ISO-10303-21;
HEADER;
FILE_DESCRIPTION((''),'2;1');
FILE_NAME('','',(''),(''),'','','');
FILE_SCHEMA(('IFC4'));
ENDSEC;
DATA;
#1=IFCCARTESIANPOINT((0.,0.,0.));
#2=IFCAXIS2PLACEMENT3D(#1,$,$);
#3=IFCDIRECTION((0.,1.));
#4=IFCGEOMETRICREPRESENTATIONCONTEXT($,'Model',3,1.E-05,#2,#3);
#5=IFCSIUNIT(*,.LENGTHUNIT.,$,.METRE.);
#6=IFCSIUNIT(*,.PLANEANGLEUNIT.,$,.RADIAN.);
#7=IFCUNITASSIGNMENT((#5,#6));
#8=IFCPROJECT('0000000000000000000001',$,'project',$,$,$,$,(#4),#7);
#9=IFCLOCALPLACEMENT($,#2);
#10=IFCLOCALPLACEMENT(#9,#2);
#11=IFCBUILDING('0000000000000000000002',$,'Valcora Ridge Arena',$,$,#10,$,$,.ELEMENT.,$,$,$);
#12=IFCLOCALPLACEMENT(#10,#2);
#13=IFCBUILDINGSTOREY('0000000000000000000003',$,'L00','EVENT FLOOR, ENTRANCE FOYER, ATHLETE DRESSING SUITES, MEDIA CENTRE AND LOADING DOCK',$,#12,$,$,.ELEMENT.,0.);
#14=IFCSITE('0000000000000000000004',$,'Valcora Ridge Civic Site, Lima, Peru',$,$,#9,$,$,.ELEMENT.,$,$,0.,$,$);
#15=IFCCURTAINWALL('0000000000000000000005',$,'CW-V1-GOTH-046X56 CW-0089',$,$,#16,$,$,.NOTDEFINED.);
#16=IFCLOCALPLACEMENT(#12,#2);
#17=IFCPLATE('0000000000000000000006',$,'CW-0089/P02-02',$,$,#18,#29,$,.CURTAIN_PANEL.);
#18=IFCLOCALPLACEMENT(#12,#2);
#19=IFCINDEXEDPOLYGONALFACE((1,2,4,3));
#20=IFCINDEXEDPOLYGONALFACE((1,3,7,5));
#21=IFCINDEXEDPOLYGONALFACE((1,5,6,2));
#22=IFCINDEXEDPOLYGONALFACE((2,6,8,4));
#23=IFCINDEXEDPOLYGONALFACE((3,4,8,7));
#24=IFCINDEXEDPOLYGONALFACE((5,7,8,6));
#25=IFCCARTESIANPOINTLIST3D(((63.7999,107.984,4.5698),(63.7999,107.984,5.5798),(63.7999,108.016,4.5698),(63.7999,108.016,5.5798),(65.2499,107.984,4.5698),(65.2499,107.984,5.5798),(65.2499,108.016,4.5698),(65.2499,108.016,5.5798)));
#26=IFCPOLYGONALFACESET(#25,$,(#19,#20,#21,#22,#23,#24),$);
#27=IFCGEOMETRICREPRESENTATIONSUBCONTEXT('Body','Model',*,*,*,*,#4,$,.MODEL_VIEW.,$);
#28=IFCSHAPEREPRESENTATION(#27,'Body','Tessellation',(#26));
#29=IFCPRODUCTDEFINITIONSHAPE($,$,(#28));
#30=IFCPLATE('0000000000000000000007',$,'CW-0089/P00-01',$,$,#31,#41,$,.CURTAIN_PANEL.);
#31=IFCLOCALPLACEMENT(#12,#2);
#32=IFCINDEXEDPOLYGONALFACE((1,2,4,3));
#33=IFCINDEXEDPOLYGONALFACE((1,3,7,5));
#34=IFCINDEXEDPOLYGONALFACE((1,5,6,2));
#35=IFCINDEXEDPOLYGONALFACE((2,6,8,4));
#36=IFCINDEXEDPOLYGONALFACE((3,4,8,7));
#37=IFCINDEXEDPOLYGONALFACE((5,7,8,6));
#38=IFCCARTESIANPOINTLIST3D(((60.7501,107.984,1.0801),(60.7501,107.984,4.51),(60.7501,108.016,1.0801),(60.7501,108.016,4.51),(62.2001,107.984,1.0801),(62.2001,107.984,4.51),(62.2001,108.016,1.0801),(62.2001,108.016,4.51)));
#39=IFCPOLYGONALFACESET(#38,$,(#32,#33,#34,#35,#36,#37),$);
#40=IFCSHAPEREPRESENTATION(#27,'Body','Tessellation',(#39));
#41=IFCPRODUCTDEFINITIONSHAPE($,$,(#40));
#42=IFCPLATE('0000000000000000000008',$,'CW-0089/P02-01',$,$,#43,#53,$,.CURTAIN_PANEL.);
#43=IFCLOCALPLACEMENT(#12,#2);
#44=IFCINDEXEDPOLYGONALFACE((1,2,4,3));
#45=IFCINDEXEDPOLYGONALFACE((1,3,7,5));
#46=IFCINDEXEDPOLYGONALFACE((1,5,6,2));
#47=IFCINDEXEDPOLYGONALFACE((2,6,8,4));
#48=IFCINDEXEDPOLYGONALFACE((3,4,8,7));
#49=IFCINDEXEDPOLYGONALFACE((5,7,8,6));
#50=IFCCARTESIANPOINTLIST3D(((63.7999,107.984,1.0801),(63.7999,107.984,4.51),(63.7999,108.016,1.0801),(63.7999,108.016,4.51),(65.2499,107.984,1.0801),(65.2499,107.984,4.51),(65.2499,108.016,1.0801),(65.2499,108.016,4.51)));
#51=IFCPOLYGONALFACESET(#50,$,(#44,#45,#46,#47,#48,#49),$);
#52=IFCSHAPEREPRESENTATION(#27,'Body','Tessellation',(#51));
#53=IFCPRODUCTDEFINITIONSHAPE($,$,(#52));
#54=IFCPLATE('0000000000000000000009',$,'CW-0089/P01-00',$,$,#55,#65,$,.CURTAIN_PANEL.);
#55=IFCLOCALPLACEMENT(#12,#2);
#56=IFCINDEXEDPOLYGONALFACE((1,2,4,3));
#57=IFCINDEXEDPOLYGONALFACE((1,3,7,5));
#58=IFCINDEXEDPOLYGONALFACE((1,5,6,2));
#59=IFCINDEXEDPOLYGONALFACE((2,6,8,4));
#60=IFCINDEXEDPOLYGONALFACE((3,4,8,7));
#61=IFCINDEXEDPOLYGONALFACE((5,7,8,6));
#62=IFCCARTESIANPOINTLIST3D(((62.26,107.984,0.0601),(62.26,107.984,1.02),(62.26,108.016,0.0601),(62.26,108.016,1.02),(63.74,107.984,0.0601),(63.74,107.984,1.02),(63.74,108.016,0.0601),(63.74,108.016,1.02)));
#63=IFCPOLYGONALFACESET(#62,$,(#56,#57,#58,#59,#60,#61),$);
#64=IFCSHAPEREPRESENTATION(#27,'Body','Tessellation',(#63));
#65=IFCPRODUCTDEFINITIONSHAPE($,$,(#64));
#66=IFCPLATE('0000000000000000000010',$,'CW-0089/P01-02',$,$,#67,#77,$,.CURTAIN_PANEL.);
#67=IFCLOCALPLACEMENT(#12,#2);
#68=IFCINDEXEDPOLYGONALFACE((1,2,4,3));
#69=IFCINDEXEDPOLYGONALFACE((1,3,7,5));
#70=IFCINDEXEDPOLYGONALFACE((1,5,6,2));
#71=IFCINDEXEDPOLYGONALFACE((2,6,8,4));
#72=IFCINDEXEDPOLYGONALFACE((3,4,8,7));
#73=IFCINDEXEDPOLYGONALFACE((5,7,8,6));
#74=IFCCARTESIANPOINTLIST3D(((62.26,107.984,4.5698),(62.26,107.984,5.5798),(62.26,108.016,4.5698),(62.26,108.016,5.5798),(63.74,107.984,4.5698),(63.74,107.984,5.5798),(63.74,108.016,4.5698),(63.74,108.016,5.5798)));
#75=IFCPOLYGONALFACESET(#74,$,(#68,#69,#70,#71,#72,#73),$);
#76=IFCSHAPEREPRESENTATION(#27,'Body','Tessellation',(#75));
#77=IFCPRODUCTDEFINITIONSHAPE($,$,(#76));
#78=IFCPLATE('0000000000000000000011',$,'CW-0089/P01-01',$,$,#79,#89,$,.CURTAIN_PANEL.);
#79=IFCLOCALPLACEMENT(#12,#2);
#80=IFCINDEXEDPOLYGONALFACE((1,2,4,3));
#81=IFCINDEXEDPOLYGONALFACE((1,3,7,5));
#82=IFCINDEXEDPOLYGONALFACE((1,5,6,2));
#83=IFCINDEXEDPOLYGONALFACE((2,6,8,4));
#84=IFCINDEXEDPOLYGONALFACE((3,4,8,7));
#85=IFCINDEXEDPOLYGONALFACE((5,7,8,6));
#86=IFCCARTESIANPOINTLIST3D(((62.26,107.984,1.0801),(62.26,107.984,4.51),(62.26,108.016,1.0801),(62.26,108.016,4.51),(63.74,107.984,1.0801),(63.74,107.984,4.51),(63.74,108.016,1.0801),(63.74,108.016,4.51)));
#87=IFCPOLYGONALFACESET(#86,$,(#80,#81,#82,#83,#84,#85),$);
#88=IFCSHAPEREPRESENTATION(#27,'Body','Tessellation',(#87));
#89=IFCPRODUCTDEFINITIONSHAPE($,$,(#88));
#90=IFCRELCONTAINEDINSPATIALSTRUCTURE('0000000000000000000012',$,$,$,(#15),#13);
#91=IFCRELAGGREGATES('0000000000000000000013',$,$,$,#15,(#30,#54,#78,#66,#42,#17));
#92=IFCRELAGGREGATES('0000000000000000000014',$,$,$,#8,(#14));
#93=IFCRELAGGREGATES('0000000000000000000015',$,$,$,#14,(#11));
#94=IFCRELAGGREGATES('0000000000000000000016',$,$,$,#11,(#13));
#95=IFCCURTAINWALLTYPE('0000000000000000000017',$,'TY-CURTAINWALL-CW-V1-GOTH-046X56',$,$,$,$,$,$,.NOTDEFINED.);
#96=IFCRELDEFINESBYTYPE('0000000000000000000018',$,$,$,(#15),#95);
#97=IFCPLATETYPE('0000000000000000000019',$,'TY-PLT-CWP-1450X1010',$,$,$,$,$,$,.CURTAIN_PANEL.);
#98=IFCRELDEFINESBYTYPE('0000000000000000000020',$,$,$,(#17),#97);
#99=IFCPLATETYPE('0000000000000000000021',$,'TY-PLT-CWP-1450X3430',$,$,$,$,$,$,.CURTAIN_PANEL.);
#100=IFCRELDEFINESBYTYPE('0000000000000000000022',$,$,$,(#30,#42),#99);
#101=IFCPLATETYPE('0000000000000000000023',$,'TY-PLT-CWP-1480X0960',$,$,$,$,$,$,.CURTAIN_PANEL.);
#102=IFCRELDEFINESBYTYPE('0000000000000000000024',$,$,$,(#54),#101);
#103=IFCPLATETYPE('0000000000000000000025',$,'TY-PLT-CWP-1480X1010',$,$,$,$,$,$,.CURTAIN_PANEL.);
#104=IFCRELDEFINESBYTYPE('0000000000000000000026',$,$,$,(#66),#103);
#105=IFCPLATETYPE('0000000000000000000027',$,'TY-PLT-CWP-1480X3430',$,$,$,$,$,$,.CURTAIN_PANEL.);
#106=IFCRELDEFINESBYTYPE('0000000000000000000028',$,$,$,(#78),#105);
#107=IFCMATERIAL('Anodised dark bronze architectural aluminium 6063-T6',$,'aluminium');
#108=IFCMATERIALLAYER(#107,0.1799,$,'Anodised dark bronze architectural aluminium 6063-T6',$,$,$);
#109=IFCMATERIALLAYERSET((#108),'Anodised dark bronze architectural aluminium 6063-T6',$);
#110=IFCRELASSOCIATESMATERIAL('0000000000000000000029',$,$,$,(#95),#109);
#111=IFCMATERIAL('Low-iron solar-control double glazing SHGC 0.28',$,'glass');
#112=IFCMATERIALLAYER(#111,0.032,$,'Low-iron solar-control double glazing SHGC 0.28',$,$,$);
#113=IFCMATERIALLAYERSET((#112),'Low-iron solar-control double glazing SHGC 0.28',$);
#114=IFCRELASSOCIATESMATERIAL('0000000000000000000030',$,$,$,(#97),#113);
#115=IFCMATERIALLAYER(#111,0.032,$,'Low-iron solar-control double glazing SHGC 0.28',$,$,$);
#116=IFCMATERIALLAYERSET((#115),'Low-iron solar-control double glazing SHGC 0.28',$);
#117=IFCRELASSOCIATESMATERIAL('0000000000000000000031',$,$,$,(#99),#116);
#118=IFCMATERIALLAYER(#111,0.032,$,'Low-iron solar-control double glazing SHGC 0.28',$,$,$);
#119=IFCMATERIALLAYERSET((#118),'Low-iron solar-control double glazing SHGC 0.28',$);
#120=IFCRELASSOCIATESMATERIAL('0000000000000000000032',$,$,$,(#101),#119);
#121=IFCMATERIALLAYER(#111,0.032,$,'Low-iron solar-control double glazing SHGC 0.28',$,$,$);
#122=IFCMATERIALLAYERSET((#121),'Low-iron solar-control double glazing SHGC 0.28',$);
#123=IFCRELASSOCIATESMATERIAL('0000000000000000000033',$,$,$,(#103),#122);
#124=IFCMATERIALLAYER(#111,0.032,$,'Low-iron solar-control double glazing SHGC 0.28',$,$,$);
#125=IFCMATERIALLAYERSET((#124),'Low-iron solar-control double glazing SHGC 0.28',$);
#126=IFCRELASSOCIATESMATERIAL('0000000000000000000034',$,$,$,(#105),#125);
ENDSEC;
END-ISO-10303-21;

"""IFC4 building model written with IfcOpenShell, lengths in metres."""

from ifc_helpers import new_model, si_unit, direction, frame, origin, origin_2d, place, context, subcontext, project, spatial, rectangle, extrude, material, layer, layer_set, type_object, element, aggregate, save


model = new_model("IFC4")

# Units and contexts
model_context = context("Model", 3, precision=1e-05, world=origin(), true_north=direction((0.0, 1.0)))
body_context = subcontext(model_context, "Body", "Model", "MODEL_VIEW")
ifc_project = project(units=[si_unit("LENGTHUNIT", "METRE"), si_unit("PLANEANGLEUNIT", "RADIAN")], contexts=[model_context])

# Site, building, storey
site_placement = place(None, origin())
site = spatial("IfcSite", under=ifc_project, at=site_placement, Name="Valcora Ridge Civic Site, Lima, Peru", CompositionType="ELEMENT", RefElevation=0.0)
building_placement = place(site_placement, origin())
building = spatial("IfcBuilding", under=site, at=building_placement, Name="Valcora Ridge Arena", CompositionType="ELEMENT")
storey_placement = place(building_placement, origin())
storey = spatial("IfcBuildingStorey", under=building, at=storey_placement, Name="L00", Description="EVENT FLOOR, ENTRANCE FOYER, ATHLETE DRESSING SUITES, MEDIA CENTRE AND LOADING DOCK", CompositionType="ELEMENT", Elevation=0.0)

# Curtain wall, plates
ifc_material_1 = material(Name="Anodised dark bronze architectural aluminium 6063-T6", Category="aluminium")
ifc_layer_1 = layer(ifc_material_1, 0.1799, Name="Anodised dark bronze architectural aluminium 6063-T6")
ifc_layer_set_1 = layer_set([ifc_layer_1], Name="Anodised dark bronze architectural aluminium 6063-T6")
curtain_wall_type = type_object("IfcCurtainWallType", Name="TY-CURTAINWALL-CW-V1-GOTH-046X56", PredefinedType="NOTDEFINED", material=ifc_layer_set_1)
curtain_wall_placement = place(storey_placement, origin())
curtain_wall = element("IfcCurtainWall", 1, at=curtain_wall_placement, inside=storey, type_object=curtain_wall_type, Name="CW-V1-GOTH-046X56 CW-0089", PredefinedType="NOTDEFINED")
ifc_material_2 = material(Name="Low-iron solar-control double glazing SHGC 0.28", Category="glass")
ifc_layer_2 = layer(ifc_material_2, 0.032, Name="Low-iron solar-control double glazing SHGC 0.28")
ifc_layer_set_2 = layer_set([ifc_layer_2], Name="Low-iron solar-control double glazing SHGC 0.28")
plate_type_1 = type_object("IfcPlateType", Name="TY-PLT-CWP-1450X1010", PredefinedType="CURTAIN_PANEL", material=ifc_layer_set_2)
plate_1_placement = place(storey_placement, frame((64.5249, 108.0, 4.5698), z_axis=(0.0, 0.0, 1.0), x_axis=(1.0, 0.0, 0.0)))
plate_1 = element("IfcPlate", 2, at=plate_1_placement, type_object=plate_type_1, Name="CW-0089/P02-02", PredefinedType="CURTAIN_PANEL", context=body_context, shape_type="SweptSolid", body=[
    extrude(rectangle(XDim=1.45, YDim=0.032, at=origin_2d()), origin(), (0.0, 0.0, 1.0), 1.01),
])
ifc_layer_3 = layer(ifc_material_2, 0.032, Name="Low-iron solar-control double glazing SHGC 0.28")
ifc_layer_set_3 = layer_set([ifc_layer_3], Name="Low-iron solar-control double glazing SHGC 0.28")
plate_type_2 = type_object("IfcPlateType", Name="TY-PLT-CWP-1450X3430", PredefinedType="CURTAIN_PANEL", material=ifc_layer_set_3)
plate_2_placement = place(storey_placement, frame((61.4751, 108.0, 1.0801), z_axis=(0.0, 0.0, 1.0), x_axis=(1.0, 0.0, 0.0)))
plate_2 = element("IfcPlate", 3, at=plate_2_placement, type_object=plate_type_2, Name="CW-0089/P00-01", PredefinedType="CURTAIN_PANEL", context=body_context, shape_type="SweptSolid", body=[
    extrude(rectangle(XDim=1.45, YDim=0.032, at=origin_2d()), origin(), (0.0, 0.0, 1.0), 3.4299),
])
plate_3_placement = place(storey_placement, frame((64.5249, 108.0, 1.0801), z_axis=(0.0, 0.0, 1.0), x_axis=(1.0, 0.0, 0.0)))
plate_3 = element("IfcPlate", 4, at=plate_3_placement, type_object=plate_type_2, Name="CW-0089/P02-01", PredefinedType="CURTAIN_PANEL", context=body_context, shape_type="SweptSolid", body=[
    extrude(rectangle(XDim=1.45, YDim=0.032, at=origin_2d()), origin(), (0.0, 0.0, 1.0), 3.4299),
])
ifc_layer_4 = layer(ifc_material_2, 0.032, Name="Low-iron solar-control double glazing SHGC 0.28")
ifc_layer_set_4 = layer_set([ifc_layer_4], Name="Low-iron solar-control double glazing SHGC 0.28")
plate_type_3 = type_object("IfcPlateType", Name="TY-PLT-CWP-1480X0960", PredefinedType="CURTAIN_PANEL", material=ifc_layer_set_4)
plate_4_placement = place(storey_placement, frame((63.0, 108.0, 0.0601), z_axis=(0.0, 0.0, 1.0), x_axis=(1.0, 0.0, 0.0)))
plate_4 = element("IfcPlate", 5, at=plate_4_placement, type_object=plate_type_3, Name="CW-0089/P01-00", PredefinedType="CURTAIN_PANEL", context=body_context, shape_type="SweptSolid", body=[
    extrude(rectangle(XDim=1.48, YDim=0.032, at=origin_2d()), origin(), (0.0, 0.0, 1.0), 0.96),
])
ifc_layer_5 = layer(ifc_material_2, 0.032, Name="Low-iron solar-control double glazing SHGC 0.28")
ifc_layer_set_5 = layer_set([ifc_layer_5], Name="Low-iron solar-control double glazing SHGC 0.28")
plate_type_4 = type_object("IfcPlateType", Name="TY-PLT-CWP-1480X1010", PredefinedType="CURTAIN_PANEL", material=ifc_layer_set_5)
plate_5_placement = place(storey_placement, frame((63.0, 108.0, 4.5698), z_axis=(0.0, 0.0, 1.0), x_axis=(1.0, 0.0, 0.0)))
plate_5 = element("IfcPlate", 6, at=plate_5_placement, type_object=plate_type_4, Name="CW-0089/P01-02", PredefinedType="CURTAIN_PANEL", context=body_context, shape_type="SweptSolid", body=[
    extrude(rectangle(XDim=1.48, YDim=0.032, at=origin_2d()), origin(), (0.0, 0.0, 1.0), 1.01),
])
ifc_layer_6 = layer(ifc_material_2, 0.032, Name="Low-iron solar-control double glazing SHGC 0.28")
ifc_layer_set_6 = layer_set([ifc_layer_6], Name="Low-iron solar-control double glazing SHGC 0.28")
plate_type_5 = type_object("IfcPlateType", Name="TY-PLT-CWP-1480X3430", PredefinedType="CURTAIN_PANEL", material=ifc_layer_set_6)
plate_6_placement = place(storey_placement, frame((63.0, 108.0, 1.0801), z_axis=(0.0, 0.0, 1.0), x_axis=(1.0, 0.0, 0.0)))
plate_6 = element("IfcPlate", 7, at=plate_6_placement, type_object=plate_type_5, Name="CW-0089/P01-01", PredefinedType="CURTAIN_PANEL", context=body_context, shape_type="SweptSolid", body=[
    extrude(rectangle(XDim=1.48, YDim=0.032, at=origin_2d()), origin(), (0.0, 0.0, 1.0), 3.4299),
])
aggregate(curtain_wall, [plate_2, plate_4, plate_6, plate_5, plate_3, plate_1])

save(model, "model.ifc")
